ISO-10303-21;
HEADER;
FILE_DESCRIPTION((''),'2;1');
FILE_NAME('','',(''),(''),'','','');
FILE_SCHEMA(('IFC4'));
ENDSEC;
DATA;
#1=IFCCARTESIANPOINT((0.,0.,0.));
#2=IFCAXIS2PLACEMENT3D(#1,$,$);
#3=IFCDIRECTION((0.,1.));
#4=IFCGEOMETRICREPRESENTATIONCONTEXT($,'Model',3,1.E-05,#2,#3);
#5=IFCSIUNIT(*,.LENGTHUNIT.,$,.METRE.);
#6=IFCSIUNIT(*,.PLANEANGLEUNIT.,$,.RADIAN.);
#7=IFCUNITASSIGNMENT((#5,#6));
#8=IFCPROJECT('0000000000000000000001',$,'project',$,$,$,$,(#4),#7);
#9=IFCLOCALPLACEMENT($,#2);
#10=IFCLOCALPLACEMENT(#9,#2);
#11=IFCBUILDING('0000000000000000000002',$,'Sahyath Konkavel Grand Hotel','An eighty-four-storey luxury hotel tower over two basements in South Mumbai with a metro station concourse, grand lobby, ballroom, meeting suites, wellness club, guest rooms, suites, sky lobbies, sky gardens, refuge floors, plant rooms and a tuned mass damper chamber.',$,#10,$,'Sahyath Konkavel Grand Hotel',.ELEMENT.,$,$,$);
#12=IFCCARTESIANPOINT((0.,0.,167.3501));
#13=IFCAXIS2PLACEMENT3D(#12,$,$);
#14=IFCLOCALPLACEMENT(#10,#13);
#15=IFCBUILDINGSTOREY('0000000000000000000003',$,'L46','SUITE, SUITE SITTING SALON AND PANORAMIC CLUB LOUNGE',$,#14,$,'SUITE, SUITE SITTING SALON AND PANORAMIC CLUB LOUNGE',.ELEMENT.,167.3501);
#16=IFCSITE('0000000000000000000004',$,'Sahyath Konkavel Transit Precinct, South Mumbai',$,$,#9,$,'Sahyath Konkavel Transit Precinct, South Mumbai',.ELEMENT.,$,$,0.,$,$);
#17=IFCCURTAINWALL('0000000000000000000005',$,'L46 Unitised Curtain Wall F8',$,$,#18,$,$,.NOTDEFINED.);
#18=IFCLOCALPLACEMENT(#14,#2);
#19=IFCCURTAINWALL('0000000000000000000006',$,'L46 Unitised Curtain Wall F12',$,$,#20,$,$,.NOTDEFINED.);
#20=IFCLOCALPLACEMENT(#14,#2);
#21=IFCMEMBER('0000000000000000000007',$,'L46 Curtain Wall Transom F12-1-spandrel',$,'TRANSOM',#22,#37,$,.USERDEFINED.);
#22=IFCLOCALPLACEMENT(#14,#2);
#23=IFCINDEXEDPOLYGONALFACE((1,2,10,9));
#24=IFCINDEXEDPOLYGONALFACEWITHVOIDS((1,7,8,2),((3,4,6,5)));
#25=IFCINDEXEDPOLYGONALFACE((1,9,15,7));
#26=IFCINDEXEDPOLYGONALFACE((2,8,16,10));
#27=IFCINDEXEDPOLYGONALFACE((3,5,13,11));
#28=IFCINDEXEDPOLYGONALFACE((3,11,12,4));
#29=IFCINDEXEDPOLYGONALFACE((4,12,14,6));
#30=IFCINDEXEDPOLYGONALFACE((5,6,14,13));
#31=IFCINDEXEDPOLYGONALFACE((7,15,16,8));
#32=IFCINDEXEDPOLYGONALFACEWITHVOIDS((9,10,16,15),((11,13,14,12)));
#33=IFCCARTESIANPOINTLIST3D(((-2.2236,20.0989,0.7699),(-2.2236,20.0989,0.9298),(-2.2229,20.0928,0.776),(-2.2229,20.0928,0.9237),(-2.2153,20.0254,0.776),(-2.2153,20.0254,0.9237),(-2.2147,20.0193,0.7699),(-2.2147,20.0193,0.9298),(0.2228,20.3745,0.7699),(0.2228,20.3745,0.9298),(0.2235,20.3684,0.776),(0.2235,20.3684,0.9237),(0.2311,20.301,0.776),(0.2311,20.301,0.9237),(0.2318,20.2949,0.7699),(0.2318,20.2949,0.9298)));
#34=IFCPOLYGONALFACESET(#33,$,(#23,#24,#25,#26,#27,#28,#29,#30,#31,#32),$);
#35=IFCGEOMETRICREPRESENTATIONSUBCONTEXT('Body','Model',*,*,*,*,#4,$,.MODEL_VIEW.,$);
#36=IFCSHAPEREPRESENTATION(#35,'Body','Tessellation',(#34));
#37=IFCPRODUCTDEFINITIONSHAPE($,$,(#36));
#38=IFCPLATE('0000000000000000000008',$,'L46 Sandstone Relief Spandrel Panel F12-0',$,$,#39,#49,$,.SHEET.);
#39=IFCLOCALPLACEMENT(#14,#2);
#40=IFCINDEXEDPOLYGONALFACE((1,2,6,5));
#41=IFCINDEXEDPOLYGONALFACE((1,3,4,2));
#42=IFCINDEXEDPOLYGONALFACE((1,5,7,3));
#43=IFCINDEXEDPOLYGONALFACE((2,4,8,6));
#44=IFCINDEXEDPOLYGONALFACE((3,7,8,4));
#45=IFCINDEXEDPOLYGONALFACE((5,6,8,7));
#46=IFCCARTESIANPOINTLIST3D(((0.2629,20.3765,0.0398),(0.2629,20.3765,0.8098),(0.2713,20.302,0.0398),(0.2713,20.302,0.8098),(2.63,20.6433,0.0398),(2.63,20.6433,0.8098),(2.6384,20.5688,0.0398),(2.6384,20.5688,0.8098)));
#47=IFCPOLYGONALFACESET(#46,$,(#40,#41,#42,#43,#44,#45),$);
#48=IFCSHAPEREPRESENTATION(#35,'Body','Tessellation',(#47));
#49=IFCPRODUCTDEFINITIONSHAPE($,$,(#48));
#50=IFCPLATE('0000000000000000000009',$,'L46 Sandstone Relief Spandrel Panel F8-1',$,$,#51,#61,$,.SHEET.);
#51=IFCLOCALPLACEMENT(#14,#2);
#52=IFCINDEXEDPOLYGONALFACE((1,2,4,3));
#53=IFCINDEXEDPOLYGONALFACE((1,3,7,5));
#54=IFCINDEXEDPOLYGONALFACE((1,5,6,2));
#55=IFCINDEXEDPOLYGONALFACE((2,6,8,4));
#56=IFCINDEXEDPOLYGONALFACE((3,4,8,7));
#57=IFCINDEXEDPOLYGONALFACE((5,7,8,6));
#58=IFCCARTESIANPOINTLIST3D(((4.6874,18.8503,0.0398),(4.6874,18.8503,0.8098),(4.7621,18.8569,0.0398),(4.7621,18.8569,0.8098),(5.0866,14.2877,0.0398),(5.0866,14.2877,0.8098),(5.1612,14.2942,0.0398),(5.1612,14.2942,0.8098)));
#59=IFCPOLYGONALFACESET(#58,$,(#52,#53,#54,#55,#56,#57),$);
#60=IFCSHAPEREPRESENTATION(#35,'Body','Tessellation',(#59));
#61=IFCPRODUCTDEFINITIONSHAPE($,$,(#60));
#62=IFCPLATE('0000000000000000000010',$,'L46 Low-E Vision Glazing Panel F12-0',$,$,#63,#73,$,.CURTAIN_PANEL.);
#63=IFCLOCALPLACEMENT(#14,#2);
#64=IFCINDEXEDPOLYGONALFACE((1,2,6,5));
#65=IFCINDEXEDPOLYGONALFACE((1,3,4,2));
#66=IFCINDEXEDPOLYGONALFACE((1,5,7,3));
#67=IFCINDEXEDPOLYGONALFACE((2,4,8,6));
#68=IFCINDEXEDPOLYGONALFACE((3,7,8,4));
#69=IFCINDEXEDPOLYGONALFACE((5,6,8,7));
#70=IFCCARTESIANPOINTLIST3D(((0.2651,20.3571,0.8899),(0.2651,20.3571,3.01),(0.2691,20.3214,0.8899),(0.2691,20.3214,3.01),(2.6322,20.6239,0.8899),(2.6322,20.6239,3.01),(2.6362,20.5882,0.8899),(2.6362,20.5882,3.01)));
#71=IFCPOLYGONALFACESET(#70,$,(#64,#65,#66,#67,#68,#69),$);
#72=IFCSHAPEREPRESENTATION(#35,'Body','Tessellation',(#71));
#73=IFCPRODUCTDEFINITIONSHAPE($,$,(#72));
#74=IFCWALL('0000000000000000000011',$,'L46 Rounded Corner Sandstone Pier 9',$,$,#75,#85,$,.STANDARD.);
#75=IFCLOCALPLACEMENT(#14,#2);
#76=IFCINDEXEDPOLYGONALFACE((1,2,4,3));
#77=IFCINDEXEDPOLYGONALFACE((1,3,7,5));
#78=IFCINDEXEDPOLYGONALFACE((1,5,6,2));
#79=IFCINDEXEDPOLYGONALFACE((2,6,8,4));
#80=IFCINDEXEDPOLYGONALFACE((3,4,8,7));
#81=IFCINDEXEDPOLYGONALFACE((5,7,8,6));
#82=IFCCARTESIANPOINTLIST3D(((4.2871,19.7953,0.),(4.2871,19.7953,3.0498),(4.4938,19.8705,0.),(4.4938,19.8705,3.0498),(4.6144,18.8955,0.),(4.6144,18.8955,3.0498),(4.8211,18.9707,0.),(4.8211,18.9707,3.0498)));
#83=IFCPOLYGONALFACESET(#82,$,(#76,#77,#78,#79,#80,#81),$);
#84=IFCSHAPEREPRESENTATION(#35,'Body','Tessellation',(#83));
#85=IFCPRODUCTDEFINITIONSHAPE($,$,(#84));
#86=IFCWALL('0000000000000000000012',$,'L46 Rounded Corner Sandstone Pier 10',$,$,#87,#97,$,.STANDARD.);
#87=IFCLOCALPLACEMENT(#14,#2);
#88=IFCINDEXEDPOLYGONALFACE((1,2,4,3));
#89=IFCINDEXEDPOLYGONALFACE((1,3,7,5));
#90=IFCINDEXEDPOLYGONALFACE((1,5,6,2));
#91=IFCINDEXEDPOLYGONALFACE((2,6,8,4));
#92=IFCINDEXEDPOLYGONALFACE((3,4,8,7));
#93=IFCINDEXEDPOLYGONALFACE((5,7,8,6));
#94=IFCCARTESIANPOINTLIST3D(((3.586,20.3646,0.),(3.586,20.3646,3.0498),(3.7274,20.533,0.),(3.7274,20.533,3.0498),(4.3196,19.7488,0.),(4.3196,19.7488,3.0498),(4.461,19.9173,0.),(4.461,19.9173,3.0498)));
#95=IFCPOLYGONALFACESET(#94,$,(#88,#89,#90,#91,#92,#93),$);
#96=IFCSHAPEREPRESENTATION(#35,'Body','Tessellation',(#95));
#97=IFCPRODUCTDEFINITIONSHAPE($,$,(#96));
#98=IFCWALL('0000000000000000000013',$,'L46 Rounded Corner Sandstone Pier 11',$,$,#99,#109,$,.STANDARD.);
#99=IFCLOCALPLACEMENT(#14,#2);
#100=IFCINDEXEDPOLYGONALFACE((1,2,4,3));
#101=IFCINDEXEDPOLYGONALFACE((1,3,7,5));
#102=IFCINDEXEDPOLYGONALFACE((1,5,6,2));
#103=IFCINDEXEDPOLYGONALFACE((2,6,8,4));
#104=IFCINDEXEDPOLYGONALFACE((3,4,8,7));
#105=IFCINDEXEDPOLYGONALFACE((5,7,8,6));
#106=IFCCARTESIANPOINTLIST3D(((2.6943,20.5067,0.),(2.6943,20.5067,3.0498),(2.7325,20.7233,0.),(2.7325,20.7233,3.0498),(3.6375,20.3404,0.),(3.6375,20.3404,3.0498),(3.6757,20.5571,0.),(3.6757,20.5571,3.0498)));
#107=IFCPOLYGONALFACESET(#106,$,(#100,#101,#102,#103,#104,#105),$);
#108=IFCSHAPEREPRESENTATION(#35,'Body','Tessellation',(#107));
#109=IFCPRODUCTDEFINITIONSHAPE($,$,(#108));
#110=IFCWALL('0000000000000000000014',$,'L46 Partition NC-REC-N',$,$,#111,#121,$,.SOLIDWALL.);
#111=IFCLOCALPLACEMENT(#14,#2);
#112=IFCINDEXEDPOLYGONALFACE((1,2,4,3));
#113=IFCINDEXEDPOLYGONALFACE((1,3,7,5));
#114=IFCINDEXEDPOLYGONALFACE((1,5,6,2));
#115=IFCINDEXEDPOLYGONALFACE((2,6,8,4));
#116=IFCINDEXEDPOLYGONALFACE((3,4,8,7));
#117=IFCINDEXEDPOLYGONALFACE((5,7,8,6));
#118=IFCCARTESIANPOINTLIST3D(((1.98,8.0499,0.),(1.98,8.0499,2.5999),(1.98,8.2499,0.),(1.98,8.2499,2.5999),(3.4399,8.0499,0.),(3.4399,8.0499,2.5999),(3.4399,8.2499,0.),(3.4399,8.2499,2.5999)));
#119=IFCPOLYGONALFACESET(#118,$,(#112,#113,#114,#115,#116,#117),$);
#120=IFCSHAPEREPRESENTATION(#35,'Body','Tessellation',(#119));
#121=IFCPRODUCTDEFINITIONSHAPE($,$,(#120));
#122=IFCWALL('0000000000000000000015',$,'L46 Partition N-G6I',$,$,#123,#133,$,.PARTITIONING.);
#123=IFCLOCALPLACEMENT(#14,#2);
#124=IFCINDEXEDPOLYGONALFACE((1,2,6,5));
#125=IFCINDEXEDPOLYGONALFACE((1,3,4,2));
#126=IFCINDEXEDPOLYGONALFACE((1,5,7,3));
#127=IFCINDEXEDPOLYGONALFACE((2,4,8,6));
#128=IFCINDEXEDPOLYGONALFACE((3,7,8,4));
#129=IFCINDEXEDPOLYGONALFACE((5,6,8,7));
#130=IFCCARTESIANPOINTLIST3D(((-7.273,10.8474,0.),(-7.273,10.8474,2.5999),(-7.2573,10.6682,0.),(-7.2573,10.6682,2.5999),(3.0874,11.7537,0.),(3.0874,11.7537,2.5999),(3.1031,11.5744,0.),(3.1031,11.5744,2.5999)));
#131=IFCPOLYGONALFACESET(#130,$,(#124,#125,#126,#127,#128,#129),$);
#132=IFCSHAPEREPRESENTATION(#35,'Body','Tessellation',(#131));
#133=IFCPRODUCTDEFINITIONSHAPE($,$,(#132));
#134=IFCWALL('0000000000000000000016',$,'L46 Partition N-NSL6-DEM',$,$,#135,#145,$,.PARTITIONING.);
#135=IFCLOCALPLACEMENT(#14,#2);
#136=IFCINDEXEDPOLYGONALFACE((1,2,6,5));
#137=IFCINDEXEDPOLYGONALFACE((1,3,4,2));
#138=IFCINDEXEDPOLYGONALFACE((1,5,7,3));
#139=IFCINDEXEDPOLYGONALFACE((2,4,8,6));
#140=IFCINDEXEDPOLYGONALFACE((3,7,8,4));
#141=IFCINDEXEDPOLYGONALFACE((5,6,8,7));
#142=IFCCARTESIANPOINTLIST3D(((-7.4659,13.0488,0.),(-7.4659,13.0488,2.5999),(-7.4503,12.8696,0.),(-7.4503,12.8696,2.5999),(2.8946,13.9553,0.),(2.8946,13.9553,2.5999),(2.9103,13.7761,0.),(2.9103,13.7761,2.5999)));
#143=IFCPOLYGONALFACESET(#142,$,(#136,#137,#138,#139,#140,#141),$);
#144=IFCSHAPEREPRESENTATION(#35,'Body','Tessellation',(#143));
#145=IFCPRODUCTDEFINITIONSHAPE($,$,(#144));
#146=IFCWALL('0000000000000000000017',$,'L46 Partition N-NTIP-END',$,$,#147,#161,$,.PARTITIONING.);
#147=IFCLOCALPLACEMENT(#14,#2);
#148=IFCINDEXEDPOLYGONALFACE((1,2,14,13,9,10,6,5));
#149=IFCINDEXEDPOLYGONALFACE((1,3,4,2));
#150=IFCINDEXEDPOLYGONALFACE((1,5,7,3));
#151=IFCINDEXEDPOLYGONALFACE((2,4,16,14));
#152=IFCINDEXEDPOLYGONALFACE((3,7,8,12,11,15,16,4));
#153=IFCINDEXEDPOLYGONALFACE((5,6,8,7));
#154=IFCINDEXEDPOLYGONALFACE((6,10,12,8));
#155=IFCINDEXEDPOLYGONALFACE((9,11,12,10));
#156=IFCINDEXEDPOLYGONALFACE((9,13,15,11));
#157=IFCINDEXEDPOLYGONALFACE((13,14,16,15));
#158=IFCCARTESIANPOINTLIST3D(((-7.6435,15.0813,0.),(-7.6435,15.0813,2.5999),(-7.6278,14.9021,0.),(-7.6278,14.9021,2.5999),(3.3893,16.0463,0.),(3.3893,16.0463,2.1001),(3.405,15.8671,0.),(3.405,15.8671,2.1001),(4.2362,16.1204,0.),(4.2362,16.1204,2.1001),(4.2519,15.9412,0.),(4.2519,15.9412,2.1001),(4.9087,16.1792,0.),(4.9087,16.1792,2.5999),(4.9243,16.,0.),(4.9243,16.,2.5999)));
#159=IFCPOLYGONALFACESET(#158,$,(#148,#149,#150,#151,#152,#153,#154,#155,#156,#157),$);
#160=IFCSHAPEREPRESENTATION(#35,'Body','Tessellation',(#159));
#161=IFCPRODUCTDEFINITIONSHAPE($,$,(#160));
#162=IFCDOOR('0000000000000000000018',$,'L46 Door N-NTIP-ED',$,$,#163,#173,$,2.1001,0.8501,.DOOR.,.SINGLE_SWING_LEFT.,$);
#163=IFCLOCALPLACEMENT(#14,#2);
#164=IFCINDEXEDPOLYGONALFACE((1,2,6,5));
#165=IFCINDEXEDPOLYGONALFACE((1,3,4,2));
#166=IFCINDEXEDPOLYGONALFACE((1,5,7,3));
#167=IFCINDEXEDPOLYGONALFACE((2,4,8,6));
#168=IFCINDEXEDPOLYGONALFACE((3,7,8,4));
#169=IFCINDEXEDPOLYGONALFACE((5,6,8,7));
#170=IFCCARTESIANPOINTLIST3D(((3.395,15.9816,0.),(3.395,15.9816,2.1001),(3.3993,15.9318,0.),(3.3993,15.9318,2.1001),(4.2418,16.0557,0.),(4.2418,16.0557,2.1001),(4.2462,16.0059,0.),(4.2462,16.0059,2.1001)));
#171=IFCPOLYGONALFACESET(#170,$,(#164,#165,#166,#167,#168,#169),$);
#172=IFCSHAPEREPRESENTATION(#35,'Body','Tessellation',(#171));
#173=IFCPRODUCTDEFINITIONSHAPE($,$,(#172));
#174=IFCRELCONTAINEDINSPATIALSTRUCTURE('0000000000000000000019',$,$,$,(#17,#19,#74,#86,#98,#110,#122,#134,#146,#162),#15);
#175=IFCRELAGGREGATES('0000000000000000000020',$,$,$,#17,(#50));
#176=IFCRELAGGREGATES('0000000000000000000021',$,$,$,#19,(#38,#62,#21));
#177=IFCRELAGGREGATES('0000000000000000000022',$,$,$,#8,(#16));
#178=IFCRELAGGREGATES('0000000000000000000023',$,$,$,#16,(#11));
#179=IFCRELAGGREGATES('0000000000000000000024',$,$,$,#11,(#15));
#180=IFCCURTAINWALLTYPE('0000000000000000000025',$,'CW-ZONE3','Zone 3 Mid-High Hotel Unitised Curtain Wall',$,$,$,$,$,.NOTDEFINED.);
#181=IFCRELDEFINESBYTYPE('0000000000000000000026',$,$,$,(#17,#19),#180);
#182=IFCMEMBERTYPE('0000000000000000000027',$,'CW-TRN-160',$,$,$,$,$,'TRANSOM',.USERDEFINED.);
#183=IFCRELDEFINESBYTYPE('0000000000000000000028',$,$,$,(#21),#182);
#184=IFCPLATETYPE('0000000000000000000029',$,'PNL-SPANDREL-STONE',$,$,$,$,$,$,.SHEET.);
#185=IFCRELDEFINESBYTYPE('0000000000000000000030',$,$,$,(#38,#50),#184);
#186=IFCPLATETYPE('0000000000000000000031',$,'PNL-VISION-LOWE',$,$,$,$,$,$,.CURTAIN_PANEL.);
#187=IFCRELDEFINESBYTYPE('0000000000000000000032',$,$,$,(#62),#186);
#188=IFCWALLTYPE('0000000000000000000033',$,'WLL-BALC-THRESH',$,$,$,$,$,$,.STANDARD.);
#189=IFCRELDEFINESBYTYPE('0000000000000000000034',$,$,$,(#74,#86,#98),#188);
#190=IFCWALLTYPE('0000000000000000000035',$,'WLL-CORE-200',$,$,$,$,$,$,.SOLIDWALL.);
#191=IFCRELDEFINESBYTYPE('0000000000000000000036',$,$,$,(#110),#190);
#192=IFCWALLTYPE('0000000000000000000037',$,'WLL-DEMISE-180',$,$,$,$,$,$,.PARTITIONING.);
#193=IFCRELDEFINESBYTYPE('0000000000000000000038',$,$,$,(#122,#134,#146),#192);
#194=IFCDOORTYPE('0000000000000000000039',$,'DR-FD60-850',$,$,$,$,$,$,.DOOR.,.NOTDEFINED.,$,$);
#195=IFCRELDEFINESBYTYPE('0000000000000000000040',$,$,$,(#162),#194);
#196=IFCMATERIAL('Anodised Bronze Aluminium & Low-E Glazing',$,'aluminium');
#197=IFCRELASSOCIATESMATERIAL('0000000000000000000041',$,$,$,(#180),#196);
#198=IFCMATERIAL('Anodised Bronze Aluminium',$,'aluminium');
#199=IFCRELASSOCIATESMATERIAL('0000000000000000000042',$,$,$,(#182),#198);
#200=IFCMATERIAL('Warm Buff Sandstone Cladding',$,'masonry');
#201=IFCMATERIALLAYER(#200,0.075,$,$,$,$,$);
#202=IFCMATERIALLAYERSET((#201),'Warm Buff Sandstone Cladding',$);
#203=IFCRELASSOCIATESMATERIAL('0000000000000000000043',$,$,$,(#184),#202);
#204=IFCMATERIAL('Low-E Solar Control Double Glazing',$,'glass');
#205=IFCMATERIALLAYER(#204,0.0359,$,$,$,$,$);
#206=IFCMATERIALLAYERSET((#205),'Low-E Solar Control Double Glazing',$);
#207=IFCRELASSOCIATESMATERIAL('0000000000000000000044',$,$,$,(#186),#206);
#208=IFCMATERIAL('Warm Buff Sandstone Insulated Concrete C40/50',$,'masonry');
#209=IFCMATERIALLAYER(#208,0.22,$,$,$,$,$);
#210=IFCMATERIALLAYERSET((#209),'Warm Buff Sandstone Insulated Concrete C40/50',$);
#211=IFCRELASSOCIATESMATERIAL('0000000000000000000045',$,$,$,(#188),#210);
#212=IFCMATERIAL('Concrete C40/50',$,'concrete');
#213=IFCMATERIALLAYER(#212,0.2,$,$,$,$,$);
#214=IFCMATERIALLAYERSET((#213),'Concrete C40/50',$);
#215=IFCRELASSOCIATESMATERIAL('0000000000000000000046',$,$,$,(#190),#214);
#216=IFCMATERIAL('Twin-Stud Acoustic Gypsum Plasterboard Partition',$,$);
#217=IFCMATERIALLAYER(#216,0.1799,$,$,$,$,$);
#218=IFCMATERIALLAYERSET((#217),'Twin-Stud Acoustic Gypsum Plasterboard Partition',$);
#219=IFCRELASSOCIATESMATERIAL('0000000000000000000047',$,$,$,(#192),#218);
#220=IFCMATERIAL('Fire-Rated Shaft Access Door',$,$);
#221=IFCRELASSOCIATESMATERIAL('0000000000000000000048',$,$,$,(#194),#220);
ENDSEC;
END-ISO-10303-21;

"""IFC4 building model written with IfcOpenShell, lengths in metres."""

from ifc_helpers import new_model, si_unit, direction, frame, frame_2d, origin, origin_2d, place, context, subcontext, project, spatial, rectangle, hollow_rectangle, extrude, source, transform, mapped, material, layer, layer_set, material_profile, profile_set, type_object, element, fill, aggregate, save


model = new_model("IFC4")

# Units and contexts
model_context = context("Model", 3, precision=1e-05, world=origin(), true_north=direction((0.0, 1.0)))
body_context = subcontext(model_context, "Body", "Model", "MODEL_VIEW")
ifc_project = project(units=[si_unit("LENGTHUNIT", "METRE"), si_unit("PLANEANGLEUNIT", "RADIAN")], contexts=[model_context])

# Site, building, storey
site_placement = place(None, origin())
site = spatial("IfcSite", under=ifc_project, at=site_placement, Name="Sahyath Konkavel Transit Precinct, South Mumbai", LongName="Sahyath Konkavel Transit Precinct, South Mumbai", CompositionType="ELEMENT", RefElevation=0.0)
building_placement = place(site_placement, origin())
building = spatial("IfcBuilding", under=site, at=building_placement, Name="Sahyath Konkavel Grand Hotel", Description="An eighty-four-storey luxury hotel tower over two basements in South Mumbai with a metro station concourse, grand lobby, ballroom, meeting suites, wellness club, guest rooms, suites, sky lobbies, sky gardens, refuge floors, plant rooms and a tuned mass damper chamber.", LongName="Sahyath Konkavel Grand Hotel", CompositionType="ELEMENT")
storey_placement = place(building_placement, frame((0.0, 0.0, 167.3501)))
storey = spatial("IfcBuildingStorey", under=building, at=storey_placement, Name="L46", Description="SUITE, SUITE SITTING SALON AND PANORAMIC CLUB LOUNGE", LongName="SUITE, SUITE SITTING SALON AND PANORAMIC CLUB LOUNGE", CompositionType="ELEMENT", Elevation=167.3501)

# Shared definitions
ifc_material_1 = material(Name="Concrete C40/50", Category="concrete")

# Curtain wall
ifc_material_2 = material(Name="Anodised Bronze Aluminium & Low-E Glazing", Category="aluminium")
curtain_wall_type = type_object("IfcCurtainWallType", Name="CW-ZONE3", Description="Zone 3 Mid-High Hotel Unitised Curtain Wall", PredefinedType="NOTDEFINED", material=ifc_material_2)
curtain_wall_1_placement = place(storey_placement, origin())
curtain_wall_1 = element("IfcCurtainWall", 1, at=curtain_wall_1_placement, inside=storey, type_object=curtain_wall_type, Name="L46 Unitised Curtain Wall F8", PredefinedType="NOTDEFINED")
ifc_material_3 = material(Name="Anodised Bronze Aluminium", Category="aluminium")

# Curtain wall, member, plate
curtain_wall_2_placement = place(storey_placement, origin())
curtain_wall_2 = element("IfcCurtainWall", 2, at=curtain_wall_2_placement, inside=storey, type_object=curtain_wall_type, Name="L46 Unitised Curtain Wall F12", PredefinedType="NOTDEFINED")
ifc_material_profile_1 = material_profile(ifc_material_3, hollow_rectangle(XDim=0.0801, YDim=0.1599, WallThickness=0.0061, at=origin_2d()), Name="RHS 160x80x6")
ifc_profile_set_1 = profile_set([ifc_material_profile_1], Name="Anodised Bronze Aluminium")
member_type_1 = type_object("IfcMemberType", Name="CW-TRN-160", ElementType="TRANSOM", PredefinedType="USERDEFINED", material=ifc_profile_set_1)
shared_shape_1 = source(origin(), body_context, "Body", "SweptSolid", [
    extrude(hollow_rectangle(XDim=0.0801, YDim=0.1599, WallThickness=0.0061, at=origin_2d()), origin(), (0.0, 0.0, 1.0), 2.4619),
])
member_1_placement = place(storey_placement, frame((0.2273, 20.3347, 0.8499), z_axis=(-0.993713, -0.111955, 0.0), x_axis=(0.111955, -0.993713, 0.0)))
member_1 = element("IfcMember", 3, at=member_1_placement, type_object=member_type_1, Name="L46 Curtain Wall Transom F12-1-spandrel", ObjectType="TRANSOM", PredefinedType="USERDEFINED", context=body_context, shape_type="MappedRepresentation", body=[
    mapped(shared_shape_1, transform((0.0, 0.0, 0.0), scale=1.0)),
])
ifc_material_4 = material(Name="Warm Buff Sandstone Cladding", Category="masonry")
ifc_layer_1 = layer(ifc_material_4, 0.075)
ifc_layer_set_1 = layer_set([ifc_layer_1], Name="Warm Buff Sandstone Cladding")
plate_type_1 = type_object("IfcPlateType", Name="PNL-SPANDREL-STONE", PredefinedType="SHEET", material=ifc_layer_set_1)
shared_shape_2 = source(origin(), body_context, "Body", "SweptSolid", [
    extrude(rectangle(XDim=2.3821, YDim=0.075, at=origin_2d()), origin(), (0.0, 0.0, 1.0), 0.77),
])
plate_1_placement = place(storey_placement, frame((1.4507, 20.4727, 0.0398), z_axis=(0.0, 0.0, 1.0), x_axis=(-0.993707, -0.112007, 0.0)))
plate_1 = element("IfcPlate", 4, at=plate_1_placement, type_object=plate_type_1, Name="L46 Sandstone Relief Spandrel Panel F12-0", PredefinedType="SHEET", context=body_context, shape_type="MappedRepresentation", body=[
    mapped(shared_shape_2, transform((0.0, 0.0, 0.0), scale=1.0)),
])

# Plates
shared_shape_3 = source(origin(), body_context, "Body", "SweptSolid", [
    extrude(rectangle(XDim=4.5801, YDim=0.075, at=origin_2d()), origin(), (0.0, 0.0, 1.0), 0.77),
])
plate_2_placement = place(storey_placement, frame((4.9243, 16.5723, 0.0398), z_axis=(0.0, 0.0, 1.0), x_axis=(-0.087156, 0.996195, 0.0)))
plate_2 = element("IfcPlate", 5, at=plate_2_placement, type_object=plate_type_1, Name="L46 Sandstone Relief Spandrel Panel F8-1", PredefinedType="SHEET", context=body_context, shape_type="MappedRepresentation", body=[
    mapped(shared_shape_3, transform((0.0, 0.0, 0.0), scale=1.0)),
])
aggregate(curtain_wall_1, [plate_2])
ifc_material_5 = material(Name="Low-E Solar Control Double Glazing", Category="glass")
ifc_layer_2 = layer(ifc_material_5, 0.0359)
ifc_layer_set_2 = layer_set([ifc_layer_2], Name="Low-E Solar Control Double Glazing")
plate_type_2 = type_object("IfcPlateType", Name="PNL-VISION-LOWE", PredefinedType="CURTAIN_PANEL", material=ifc_layer_set_2)
shared_shape_4 = source(origin(), body_context, "Body", "SweptSolid", [
    extrude(rectangle(XDim=2.3821, YDim=0.0359, at=origin_2d()), origin(), (0.0, 0.0, 1.0), 2.1201),
])
plate_3_placement = place(storey_placement, frame((1.4507, 20.4727, 0.8899), z_axis=(0.0, 0.0, 1.0), x_axis=(-0.993707, -0.112007, 0.0)))
plate_3 = element("IfcPlate", 6, at=plate_3_placement, type_object=plate_type_2, Name="L46 Low-E Vision Glazing Panel F12-0", PredefinedType="CURTAIN_PANEL", context=body_context, shape_type="MappedRepresentation", body=[
    mapped(shared_shape_4, transform((0.0, 0.0, 0.0), scale=1.0)),
])
aggregate(curtain_wall_2, [plate_1, plate_3, member_1])

# Walls
ifc_material_6 = material(Name="Warm Buff Sandstone Insulated Concrete C40/50", Category="masonry")
ifc_layer_3 = layer(ifc_material_6, 0.22)
ifc_layer_set_3 = layer_set([ifc_layer_3], Name="Warm Buff Sandstone Insulated Concrete C40/50")
wall_type_1 = type_object("IfcWallType", Name="WLL-BALC-THRESH", PredefinedType="STANDARD", material=ifc_layer_set_3)
wall_1_placement = place(storey_placement, frame((4.7178, 18.9331, 0.0), z_axis=(0.0, 0.0, 1.0), x_axis=(-0.341886, 0.939741, 0.0)))
element("IfcWall", 7, at=wall_1_placement, inside=storey, type_object=wall_type_1, Name="L46 Rounded Corner Sandstone Pier 9", PredefinedType="STANDARD", context=body_context, shape_type="SweptSolid", body=[
    extrude(rectangle(XDim=0.9575, YDim=0.22, at=frame_2d((0.4788, 0.0))), origin(), (0.0, 0.0, 1.0), 3.0498),
])
for number, where, z_axis, x_axis, name in (
    (8, (4.3904, 19.833, 0.0), (0.0, 0.0, 1.0), (-0.765981, 0.642863, 0.0), "L46 Rounded Corner Sandstone Pier 10"),
    (9, (3.6567, 20.4487, 0.0), (0.0, 0.0, 1.0), (-0.984814, 0.173611, 0.0), "L46 Rounded Corner Sandstone Pier 11"),
):
    element("IfcWall", number, at=place(storey_placement, frame(where, z_axis=z_axis, x_axis=x_axis)), inside=storey, type_object=wall_type_1, Name=name, PredefinedType="STANDARD", context=body_context, shape_type="SweptSolid", body=[
        extrude(rectangle(XDim=0.9578, YDim=0.22, at=frame_2d((0.479, 0.0))), origin(), (0.0, 0.0, 1.0), 3.0498),
    ])
ifc_layer_4 = layer(ifc_material_1, 0.2)
ifc_layer_set_4 = layer_set([ifc_layer_4], Name="Concrete C40/50")
wall_type_2 = type_object("IfcWallType", Name="WLL-CORE-200", PredefinedType="SOLIDWALL", material=ifc_layer_set_4)
wall_2_placement = place(storey_placement, frame((1.98, 8.1499, 0.0), z_axis=(0.0, 0.0, 1.0), x_axis=(1.0, 0.0, 0.0)))
element("IfcWall", 10, at=wall_2_placement, inside=storey, type_object=wall_type_2, Name="L46 Partition NC-REC-N", PredefinedType="SOLIDWALL", context=body_context, shape_type="SweptSolid", body=[
    extrude(rectangle(XDim=1.46, YDim=0.2, at=frame_2d((0.73, 0.0))), origin(), (0.0, 0.0, 1.0), 2.5999),
])
ifc_material_7 = material(Name="Twin-Stud Acoustic Gypsum Plasterboard Partition")
ifc_layer_5 = layer(ifc_material_7, 0.1799)
ifc_layer_set_5 = layer_set([ifc_layer_5], Name="Twin-Stud Acoustic Gypsum Plasterboard Partition")
wall_type_3 = type_object("IfcWallType", Name="WLL-DEMISE-180", PredefinedType="PARTITIONING", material=ifc_layer_set_5)
wall_3_placement = place(storey_placement, frame((3.0952, 11.6641, 0.0), z_axis=(0.0, 0.0, 1.0), x_axis=(-0.996196, -0.08714, 0.0)))
element("IfcWall", 11, at=wall_3_placement, inside=storey, type_object=wall_type_3, Name="L46 Partition N-G6I", PredefinedType="PARTITIONING", context=body_context, shape_type="SweptSolid", body=[
    extrude(rectangle(XDim=10.3999, YDim=0.1799, at=frame_2d((5.2, 0.0))), origin(), (0.0, 0.0, 1.0), 2.5999),
])
wall_4_placement = place(storey_placement, frame((2.9026, 13.8657, 0.0), z_axis=(0.0, 0.0, 1.0), x_axis=(-0.996194, -0.087161, 0.0)))
element("IfcWall", 12, at=wall_4_placement, inside=storey, type_object=wall_type_3, Name="L46 Partition N-NSL6-DEM", PredefinedType="PARTITIONING", context=body_context, shape_type="SweptSolid", body=[
    extrude(rectangle(XDim=10.4001, YDim=0.1799, at=frame_2d((5.2002, 0.0))), origin(), (0.0, 0.0, 1.0), 2.5999),
])

# Wall, opening, door
wall_5_placement = place(storey_placement, frame((4.9165, 16.0896, 0.0), z_axis=(0.0, 0.0, 1.0), x_axis=(-0.996197, -0.087134, 0.0)))
wall_5 = element("IfcWall", 13, at=wall_5_placement, inside=storey, type_object=wall_type_3, Name="L46 Partition N-NTIP-END", PredefinedType="PARTITIONING", context=body_context, shape_type="SweptSolid", body=[
    extrude(rectangle(XDim=12.6001, YDim=0.1799, at=frame_2d((6.3, 0.0))), origin(), (0.0, 0.0, 1.0), 2.5999),
])
opening_1_placement = place(wall_5_placement, frame((0.675, 0.0, 0.0)))
opening_1 = element("IfcOpeningElement", 14, at=opening_1_placement, cuts=wall_5, PredefinedType="OPENING", context=body_context, shape_type="SweptSolid", body=[
    extrude(rectangle(XDim=0.8501, YDim=2.1001, at=frame_2d((0.425, 1.05))), frame((0.0, 0.1001, 0.0), z_axis=(0.0, -1.0, 0.0), x_axis=(1.0, 0.0, 0.0)), (0.0, 0.0, 1.0), 0.2),
])
ifc_material_8 = material(Name="Fire-Rated Shaft Access Door")
door_type = type_object("IfcDoorType", Name="DR-FD60-850", OperationType="NOTDEFINED", PredefinedType="DOOR", material=ifc_material_8)
shared_shape_5 = source(origin(), body_context, "Body", "SweptSolid", [
    extrude(rectangle(XDim=0.8501, YDim=0.05, at=origin_2d()), origin(), (0.0, 0.0, 1.0), 2.1001),
])
door_1_placement = place(opening_1_placement, frame((0.425, 0.0, 0.0)))
door_1 = element("IfcDoor", 15, at=door_1_placement, inside=storey, type_object=door_type, Name="L46 Door N-NTIP-ED", OperationType="SINGLE_SWING_LEFT", OverallHeight=2.1001, OverallWidth=0.8501, PredefinedType="DOOR", context=body_context, shape_type="MappedRepresentation", body=[
    mapped(shared_shape_5, transform((0.0, 0.0, 0.0), scale=1.0)),
])
fill(opening_1, door_1)

save(model, "model.ifc")
